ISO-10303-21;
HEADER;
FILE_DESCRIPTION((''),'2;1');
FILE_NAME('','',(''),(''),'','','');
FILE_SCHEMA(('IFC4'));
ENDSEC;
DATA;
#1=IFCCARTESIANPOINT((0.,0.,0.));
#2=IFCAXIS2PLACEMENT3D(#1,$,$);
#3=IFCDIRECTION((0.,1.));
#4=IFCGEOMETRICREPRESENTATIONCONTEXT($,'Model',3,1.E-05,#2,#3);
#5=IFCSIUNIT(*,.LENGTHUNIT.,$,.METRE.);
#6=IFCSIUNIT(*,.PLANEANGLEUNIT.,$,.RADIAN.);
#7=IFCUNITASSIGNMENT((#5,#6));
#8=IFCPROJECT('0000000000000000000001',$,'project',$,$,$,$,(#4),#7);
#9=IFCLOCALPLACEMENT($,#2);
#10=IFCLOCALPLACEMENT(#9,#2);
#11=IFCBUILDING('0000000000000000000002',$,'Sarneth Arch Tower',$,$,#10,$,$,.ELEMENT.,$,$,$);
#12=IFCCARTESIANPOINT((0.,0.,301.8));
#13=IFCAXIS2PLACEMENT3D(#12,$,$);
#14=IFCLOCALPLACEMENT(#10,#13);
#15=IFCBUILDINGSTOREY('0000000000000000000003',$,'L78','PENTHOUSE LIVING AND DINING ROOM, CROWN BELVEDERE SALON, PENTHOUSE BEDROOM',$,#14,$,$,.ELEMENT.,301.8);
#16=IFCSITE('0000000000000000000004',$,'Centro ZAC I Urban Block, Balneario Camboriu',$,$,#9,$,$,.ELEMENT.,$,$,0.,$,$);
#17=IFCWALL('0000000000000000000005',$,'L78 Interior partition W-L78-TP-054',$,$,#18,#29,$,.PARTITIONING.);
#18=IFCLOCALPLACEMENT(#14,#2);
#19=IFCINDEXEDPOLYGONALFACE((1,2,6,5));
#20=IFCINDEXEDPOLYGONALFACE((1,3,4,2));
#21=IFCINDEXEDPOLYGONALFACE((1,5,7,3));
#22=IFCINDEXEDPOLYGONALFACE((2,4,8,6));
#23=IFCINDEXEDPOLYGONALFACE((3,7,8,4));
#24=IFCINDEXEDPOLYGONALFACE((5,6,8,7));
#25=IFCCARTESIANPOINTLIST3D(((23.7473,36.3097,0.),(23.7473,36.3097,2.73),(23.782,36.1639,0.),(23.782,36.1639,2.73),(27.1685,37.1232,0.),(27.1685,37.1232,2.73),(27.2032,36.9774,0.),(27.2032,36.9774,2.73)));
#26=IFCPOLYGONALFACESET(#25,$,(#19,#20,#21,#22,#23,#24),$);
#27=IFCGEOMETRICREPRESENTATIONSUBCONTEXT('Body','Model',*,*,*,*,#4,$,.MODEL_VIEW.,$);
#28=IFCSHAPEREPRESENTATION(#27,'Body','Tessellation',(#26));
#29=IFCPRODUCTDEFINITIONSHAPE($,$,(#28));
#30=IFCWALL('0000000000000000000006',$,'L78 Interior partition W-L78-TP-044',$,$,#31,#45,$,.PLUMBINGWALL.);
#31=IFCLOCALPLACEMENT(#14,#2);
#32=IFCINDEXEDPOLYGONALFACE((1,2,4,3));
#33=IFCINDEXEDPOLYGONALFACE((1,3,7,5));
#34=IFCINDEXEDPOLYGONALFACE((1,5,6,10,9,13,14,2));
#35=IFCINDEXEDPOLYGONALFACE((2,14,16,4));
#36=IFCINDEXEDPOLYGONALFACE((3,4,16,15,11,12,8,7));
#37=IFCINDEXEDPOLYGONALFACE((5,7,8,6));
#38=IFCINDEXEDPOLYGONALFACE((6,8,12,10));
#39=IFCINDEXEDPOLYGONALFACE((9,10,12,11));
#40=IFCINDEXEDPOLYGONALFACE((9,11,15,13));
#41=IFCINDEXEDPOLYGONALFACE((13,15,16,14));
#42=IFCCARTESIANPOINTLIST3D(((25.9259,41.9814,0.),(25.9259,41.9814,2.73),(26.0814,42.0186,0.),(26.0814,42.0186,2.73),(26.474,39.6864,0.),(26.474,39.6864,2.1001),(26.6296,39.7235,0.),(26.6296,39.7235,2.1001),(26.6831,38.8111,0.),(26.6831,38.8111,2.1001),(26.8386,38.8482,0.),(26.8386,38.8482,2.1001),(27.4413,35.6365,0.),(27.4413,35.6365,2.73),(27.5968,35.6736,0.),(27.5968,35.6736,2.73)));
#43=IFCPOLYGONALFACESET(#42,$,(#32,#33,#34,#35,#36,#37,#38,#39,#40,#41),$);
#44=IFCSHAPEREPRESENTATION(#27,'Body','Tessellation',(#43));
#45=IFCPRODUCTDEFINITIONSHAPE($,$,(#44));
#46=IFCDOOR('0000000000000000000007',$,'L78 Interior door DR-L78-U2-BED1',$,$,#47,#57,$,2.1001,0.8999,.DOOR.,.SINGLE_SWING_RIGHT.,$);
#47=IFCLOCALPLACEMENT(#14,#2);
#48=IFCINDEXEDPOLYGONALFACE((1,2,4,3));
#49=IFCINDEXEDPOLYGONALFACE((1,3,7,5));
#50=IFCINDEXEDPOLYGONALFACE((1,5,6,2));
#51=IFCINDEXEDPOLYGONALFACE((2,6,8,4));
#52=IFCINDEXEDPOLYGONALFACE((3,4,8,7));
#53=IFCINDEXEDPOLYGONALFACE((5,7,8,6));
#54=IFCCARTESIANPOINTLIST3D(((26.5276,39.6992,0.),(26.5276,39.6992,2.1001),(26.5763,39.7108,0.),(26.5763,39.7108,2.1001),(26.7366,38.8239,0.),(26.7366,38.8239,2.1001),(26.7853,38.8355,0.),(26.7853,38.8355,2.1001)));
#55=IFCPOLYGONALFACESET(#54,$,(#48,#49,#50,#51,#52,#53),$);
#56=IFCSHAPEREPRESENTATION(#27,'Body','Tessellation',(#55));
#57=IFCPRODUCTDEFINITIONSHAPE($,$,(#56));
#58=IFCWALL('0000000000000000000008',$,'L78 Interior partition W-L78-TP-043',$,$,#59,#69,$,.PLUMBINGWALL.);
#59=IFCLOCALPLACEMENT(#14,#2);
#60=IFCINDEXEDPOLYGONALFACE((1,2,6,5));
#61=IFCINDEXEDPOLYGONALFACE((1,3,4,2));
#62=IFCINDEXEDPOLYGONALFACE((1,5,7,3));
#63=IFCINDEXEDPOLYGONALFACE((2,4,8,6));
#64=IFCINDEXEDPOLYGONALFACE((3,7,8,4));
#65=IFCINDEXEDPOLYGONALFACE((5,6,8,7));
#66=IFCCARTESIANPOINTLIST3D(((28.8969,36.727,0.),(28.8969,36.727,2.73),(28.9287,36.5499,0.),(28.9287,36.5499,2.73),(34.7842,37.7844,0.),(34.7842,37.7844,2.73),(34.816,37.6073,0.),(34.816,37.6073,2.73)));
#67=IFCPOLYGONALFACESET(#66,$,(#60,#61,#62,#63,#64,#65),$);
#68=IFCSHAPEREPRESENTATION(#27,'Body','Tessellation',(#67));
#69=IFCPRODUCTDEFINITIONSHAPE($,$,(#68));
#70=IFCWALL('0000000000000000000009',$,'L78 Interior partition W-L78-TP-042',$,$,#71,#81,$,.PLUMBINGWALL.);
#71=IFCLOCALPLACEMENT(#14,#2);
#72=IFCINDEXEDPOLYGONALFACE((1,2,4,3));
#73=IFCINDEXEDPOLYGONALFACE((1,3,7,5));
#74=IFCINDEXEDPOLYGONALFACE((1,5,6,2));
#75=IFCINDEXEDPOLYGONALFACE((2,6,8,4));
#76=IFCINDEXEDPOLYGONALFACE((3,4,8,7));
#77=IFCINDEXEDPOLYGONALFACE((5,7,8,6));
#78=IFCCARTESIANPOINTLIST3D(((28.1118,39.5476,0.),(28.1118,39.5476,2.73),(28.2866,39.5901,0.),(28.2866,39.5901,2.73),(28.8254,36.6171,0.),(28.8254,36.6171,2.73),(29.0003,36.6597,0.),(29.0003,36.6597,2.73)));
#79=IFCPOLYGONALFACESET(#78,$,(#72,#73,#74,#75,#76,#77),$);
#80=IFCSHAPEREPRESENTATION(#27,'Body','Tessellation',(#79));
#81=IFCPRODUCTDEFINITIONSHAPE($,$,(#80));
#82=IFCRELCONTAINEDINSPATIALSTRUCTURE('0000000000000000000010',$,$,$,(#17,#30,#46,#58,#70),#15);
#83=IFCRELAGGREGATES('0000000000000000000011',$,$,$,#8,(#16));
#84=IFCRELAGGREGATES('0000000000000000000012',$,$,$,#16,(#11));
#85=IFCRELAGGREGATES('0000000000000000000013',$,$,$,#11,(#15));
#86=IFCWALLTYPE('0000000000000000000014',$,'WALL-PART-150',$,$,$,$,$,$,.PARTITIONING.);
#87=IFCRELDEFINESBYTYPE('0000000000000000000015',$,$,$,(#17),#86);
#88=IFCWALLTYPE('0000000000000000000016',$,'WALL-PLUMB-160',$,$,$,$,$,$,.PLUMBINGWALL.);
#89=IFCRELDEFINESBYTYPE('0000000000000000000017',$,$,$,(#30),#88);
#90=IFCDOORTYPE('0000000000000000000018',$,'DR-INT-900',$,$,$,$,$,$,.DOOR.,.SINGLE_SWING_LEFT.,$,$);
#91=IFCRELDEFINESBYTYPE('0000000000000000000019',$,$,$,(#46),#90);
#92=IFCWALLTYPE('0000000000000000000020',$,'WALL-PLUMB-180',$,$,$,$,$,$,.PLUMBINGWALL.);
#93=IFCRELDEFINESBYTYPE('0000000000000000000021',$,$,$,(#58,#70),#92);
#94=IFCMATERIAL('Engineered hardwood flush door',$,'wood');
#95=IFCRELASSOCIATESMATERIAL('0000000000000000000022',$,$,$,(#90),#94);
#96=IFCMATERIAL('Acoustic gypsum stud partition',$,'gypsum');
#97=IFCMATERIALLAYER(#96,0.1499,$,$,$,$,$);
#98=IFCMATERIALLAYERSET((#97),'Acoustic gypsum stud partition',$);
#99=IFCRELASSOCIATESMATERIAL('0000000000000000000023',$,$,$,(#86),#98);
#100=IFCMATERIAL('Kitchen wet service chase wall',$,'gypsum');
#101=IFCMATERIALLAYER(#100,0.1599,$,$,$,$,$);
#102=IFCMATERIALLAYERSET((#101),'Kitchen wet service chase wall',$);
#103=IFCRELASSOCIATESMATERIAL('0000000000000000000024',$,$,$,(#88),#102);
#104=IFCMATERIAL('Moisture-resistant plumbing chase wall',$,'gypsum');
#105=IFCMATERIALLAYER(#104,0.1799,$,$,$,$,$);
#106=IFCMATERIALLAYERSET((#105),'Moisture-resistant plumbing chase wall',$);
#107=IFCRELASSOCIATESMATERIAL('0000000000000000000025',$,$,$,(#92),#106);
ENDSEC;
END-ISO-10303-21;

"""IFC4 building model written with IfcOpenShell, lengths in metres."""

from ifc_helpers import new_model, si_unit, direction, frame, frame_2d, origin, place, context, subcontext, project, spatial, rectangle, extrude, material, layer, layer_set, type_object, element, fill, save


model = new_model("IFC4")

# Units and contexts
model_context = context("Model", 3, precision=1e-05, world=origin(), true_north=direction((0.0, 1.0)))
body_context = subcontext(model_context, "Body", "Model", "MODEL_VIEW")
ifc_project = project(units=[si_unit("LENGTHUNIT", "METRE"), si_unit("PLANEANGLEUNIT", "RADIAN")], contexts=[model_context])

# Site, building, storey
site_placement = place(None, origin())
site = spatial("IfcSite", under=ifc_project, at=site_placement, Name="Centro ZAC I Urban Block, Balneario Camboriu", CompositionType="ELEMENT", RefElevation=0.0)
building_placement = place(site_placement, origin())
building = spatial("IfcBuilding", under=site, at=building_placement, Name="Sarneth Arch Tower", CompositionType="ELEMENT")
storey_placement = place(building_placement, frame((0.0, 0.0, 301.8)))
storey = spatial("IfcBuildingStorey", under=building, at=storey_placement, Name="L78", Description="PENTHOUSE LIVING AND DINING ROOM, CROWN BELVEDERE SALON, PENTHOUSE BEDROOM", CompositionType="ELEMENT", Elevation=301.8)

# Shared definitions
ifc_material_1 = material(Name="Engineered hardwood flush door", Category="wood")
door_type = type_object("IfcDoorType", Name="DR-INT-900", OperationType="SINGLE_SWING_LEFT", PredefinedType="DOOR", material=ifc_material_1)

# Wall
ifc_material_2 = material(Name="Acoustic gypsum stud partition", Category="gypsum")
ifc_layer_1 = layer(ifc_material_2, 0.1499)
ifc_layer_set_1 = layer_set([ifc_layer_1], Name="Acoustic gypsum stud partition")
wall_type_1 = type_object("IfcWallType", Name="WALL-PART-150", PredefinedType="PARTITIONING", material=ifc_layer_set_1)
wall_1_placement = place(storey_placement, frame((23.7646, 36.2368, 0.0), z_axis=(0.0, 0.0, 1.0), x_axis=(0.972875, 0.23133, 0.0)))
element("IfcWall", 1, at=wall_1_placement, inside=storey, type_object=wall_type_1, Name="L78 Interior partition W-L78-TP-054", PredefinedType="PARTITIONING", context=body_context, shape_type="SweptSolid", body=[
    extrude(rectangle(XDim=3.5166, YDim=0.1499, at=frame_2d((1.7583, 0.0))), origin(), (0.0, 0.0, 1.0), 2.73),
])

# Wall, opening, door
ifc_material_3 = material(Name="Kitchen wet service chase wall", Category="gypsum")
ifc_layer_2 = layer(ifc_material_3, 0.1599)
ifc_layer_set_2 = layer_set([ifc_layer_2], Name="Kitchen wet service chase wall")
wall_type_2 = type_object("IfcWallType", Name="WALL-PLUMB-160", PredefinedType="PLUMBINGWALL", material=ifc_layer_set_2)
wall_2_placement = place(storey_placement, frame((27.519, 35.655, 0.0), z_axis=(0.0, 0.0, 1.0), x_axis=(-0.232298, 0.972645, 0.0)))
wall_2 = element("IfcWall", 2, at=wall_2_placement, inside=storey, type_object=wall_type_2, Name="L78 Interior partition W-L78-TP-044", PredefinedType="PLUMBINGWALL", context=body_context, shape_type="SweptSolid", body=[
    extrude(rectangle(XDim=6.5234, YDim=0.1599, at=frame_2d((3.2617, 0.0))), origin(), (0.0, 0.0, 1.0), 2.73),
])
opening_1_placement = place(wall_2_placement, frame((3.2639, 0.0, 0.0)))
opening_1 = element("IfcOpeningElement", 3, at=opening_1_placement, cuts=wall_2, PredefinedType="OPENING", context=body_context, shape_type="SweptSolid", body=[
    extrude(rectangle(XDim=0.8999, YDim=2.1001, at=frame_2d((0.45, 1.05))), frame((0.0, 0.0898, 0.0), z_axis=(0.0, -1.0, 0.0), x_axis=(1.0, 0.0, 0.0)), (0.0, 0.0, 1.0), 0.1799),
])
door_1_placement = place(opening_1_placement, origin())
door_1 = element("IfcDoor", 4, at=door_1_placement, inside=storey, type_object=door_type, Name="L78 Interior door DR-L78-U2-BED1", OperationType="SINGLE_SWING_RIGHT", OverallHeight=2.1001, OverallWidth=0.8999, PredefinedType="DOOR", context=body_context, shape_type="SweptSolid", body=[
    extrude(rectangle(XDim=0.8999, YDim=2.1001, at=frame_2d((0.45, 1.05))), frame((0.0, 0.0249, 0.0), z_axis=(0.0, -1.0, 0.0), x_axis=(1.0, 0.0, 0.0)), (0.0, 0.0, 1.0), 0.05),
])
fill(opening_1, door_1)

# Walls
ifc_material_4 = material(Name="Moisture-resistant plumbing chase wall", Category="gypsum")
ifc_layer_3 = layer(ifc_material_4, 0.1799)
ifc_layer_set_3 = layer_set([ifc_layer_3], Name="Moisture-resistant plumbing chase wall")
wall_type_3 = type_object("IfcWallType", Name="WALL-PLUMB-180", PredefinedType="PLUMBINGWALL", material=ifc_layer_set_3)
wall_3_placement = place(storey_placement, frame((28.9128, 36.6384, 0.0), z_axis=(0.0, 0.0, 1.0), x_axis=(0.984251, 0.176777, 0.0)))
element("IfcWall", 5, at=wall_3_placement, inside=storey, type_object=wall_type_3, Name="L78 Interior partition W-L78-TP-043", PredefinedType="PLUMBINGWALL", context=body_context, shape_type="SweptSolid", body=[
    extrude(rectangle(XDim=5.9814, YDim=0.1799, at=frame_2d((2.9907, 0.0))), origin(), (0.0, 0.0, 1.0), 2.73),
])
wall_4_placement = place(storey_placement, frame((28.1992, 39.5688, 0.0), z_axis=(0.0, 0.0, 1.0), x_axis=(0.236608, -0.971605, 0.0)))
element("IfcWall", 6, at=wall_4_placement, inside=storey, type_object=wall_type_3, Name="L78 Interior partition W-L78-TP-042", PredefinedType="PLUMBINGWALL", context=body_context, shape_type="SweptSolid", body=[
    extrude(rectangle(XDim=3.0161, YDim=0.1799, at=frame_2d((1.5081, 0.0))), origin(), (0.0, 0.0, 1.0), 2.73),
])

save(model, "model.ifc")
